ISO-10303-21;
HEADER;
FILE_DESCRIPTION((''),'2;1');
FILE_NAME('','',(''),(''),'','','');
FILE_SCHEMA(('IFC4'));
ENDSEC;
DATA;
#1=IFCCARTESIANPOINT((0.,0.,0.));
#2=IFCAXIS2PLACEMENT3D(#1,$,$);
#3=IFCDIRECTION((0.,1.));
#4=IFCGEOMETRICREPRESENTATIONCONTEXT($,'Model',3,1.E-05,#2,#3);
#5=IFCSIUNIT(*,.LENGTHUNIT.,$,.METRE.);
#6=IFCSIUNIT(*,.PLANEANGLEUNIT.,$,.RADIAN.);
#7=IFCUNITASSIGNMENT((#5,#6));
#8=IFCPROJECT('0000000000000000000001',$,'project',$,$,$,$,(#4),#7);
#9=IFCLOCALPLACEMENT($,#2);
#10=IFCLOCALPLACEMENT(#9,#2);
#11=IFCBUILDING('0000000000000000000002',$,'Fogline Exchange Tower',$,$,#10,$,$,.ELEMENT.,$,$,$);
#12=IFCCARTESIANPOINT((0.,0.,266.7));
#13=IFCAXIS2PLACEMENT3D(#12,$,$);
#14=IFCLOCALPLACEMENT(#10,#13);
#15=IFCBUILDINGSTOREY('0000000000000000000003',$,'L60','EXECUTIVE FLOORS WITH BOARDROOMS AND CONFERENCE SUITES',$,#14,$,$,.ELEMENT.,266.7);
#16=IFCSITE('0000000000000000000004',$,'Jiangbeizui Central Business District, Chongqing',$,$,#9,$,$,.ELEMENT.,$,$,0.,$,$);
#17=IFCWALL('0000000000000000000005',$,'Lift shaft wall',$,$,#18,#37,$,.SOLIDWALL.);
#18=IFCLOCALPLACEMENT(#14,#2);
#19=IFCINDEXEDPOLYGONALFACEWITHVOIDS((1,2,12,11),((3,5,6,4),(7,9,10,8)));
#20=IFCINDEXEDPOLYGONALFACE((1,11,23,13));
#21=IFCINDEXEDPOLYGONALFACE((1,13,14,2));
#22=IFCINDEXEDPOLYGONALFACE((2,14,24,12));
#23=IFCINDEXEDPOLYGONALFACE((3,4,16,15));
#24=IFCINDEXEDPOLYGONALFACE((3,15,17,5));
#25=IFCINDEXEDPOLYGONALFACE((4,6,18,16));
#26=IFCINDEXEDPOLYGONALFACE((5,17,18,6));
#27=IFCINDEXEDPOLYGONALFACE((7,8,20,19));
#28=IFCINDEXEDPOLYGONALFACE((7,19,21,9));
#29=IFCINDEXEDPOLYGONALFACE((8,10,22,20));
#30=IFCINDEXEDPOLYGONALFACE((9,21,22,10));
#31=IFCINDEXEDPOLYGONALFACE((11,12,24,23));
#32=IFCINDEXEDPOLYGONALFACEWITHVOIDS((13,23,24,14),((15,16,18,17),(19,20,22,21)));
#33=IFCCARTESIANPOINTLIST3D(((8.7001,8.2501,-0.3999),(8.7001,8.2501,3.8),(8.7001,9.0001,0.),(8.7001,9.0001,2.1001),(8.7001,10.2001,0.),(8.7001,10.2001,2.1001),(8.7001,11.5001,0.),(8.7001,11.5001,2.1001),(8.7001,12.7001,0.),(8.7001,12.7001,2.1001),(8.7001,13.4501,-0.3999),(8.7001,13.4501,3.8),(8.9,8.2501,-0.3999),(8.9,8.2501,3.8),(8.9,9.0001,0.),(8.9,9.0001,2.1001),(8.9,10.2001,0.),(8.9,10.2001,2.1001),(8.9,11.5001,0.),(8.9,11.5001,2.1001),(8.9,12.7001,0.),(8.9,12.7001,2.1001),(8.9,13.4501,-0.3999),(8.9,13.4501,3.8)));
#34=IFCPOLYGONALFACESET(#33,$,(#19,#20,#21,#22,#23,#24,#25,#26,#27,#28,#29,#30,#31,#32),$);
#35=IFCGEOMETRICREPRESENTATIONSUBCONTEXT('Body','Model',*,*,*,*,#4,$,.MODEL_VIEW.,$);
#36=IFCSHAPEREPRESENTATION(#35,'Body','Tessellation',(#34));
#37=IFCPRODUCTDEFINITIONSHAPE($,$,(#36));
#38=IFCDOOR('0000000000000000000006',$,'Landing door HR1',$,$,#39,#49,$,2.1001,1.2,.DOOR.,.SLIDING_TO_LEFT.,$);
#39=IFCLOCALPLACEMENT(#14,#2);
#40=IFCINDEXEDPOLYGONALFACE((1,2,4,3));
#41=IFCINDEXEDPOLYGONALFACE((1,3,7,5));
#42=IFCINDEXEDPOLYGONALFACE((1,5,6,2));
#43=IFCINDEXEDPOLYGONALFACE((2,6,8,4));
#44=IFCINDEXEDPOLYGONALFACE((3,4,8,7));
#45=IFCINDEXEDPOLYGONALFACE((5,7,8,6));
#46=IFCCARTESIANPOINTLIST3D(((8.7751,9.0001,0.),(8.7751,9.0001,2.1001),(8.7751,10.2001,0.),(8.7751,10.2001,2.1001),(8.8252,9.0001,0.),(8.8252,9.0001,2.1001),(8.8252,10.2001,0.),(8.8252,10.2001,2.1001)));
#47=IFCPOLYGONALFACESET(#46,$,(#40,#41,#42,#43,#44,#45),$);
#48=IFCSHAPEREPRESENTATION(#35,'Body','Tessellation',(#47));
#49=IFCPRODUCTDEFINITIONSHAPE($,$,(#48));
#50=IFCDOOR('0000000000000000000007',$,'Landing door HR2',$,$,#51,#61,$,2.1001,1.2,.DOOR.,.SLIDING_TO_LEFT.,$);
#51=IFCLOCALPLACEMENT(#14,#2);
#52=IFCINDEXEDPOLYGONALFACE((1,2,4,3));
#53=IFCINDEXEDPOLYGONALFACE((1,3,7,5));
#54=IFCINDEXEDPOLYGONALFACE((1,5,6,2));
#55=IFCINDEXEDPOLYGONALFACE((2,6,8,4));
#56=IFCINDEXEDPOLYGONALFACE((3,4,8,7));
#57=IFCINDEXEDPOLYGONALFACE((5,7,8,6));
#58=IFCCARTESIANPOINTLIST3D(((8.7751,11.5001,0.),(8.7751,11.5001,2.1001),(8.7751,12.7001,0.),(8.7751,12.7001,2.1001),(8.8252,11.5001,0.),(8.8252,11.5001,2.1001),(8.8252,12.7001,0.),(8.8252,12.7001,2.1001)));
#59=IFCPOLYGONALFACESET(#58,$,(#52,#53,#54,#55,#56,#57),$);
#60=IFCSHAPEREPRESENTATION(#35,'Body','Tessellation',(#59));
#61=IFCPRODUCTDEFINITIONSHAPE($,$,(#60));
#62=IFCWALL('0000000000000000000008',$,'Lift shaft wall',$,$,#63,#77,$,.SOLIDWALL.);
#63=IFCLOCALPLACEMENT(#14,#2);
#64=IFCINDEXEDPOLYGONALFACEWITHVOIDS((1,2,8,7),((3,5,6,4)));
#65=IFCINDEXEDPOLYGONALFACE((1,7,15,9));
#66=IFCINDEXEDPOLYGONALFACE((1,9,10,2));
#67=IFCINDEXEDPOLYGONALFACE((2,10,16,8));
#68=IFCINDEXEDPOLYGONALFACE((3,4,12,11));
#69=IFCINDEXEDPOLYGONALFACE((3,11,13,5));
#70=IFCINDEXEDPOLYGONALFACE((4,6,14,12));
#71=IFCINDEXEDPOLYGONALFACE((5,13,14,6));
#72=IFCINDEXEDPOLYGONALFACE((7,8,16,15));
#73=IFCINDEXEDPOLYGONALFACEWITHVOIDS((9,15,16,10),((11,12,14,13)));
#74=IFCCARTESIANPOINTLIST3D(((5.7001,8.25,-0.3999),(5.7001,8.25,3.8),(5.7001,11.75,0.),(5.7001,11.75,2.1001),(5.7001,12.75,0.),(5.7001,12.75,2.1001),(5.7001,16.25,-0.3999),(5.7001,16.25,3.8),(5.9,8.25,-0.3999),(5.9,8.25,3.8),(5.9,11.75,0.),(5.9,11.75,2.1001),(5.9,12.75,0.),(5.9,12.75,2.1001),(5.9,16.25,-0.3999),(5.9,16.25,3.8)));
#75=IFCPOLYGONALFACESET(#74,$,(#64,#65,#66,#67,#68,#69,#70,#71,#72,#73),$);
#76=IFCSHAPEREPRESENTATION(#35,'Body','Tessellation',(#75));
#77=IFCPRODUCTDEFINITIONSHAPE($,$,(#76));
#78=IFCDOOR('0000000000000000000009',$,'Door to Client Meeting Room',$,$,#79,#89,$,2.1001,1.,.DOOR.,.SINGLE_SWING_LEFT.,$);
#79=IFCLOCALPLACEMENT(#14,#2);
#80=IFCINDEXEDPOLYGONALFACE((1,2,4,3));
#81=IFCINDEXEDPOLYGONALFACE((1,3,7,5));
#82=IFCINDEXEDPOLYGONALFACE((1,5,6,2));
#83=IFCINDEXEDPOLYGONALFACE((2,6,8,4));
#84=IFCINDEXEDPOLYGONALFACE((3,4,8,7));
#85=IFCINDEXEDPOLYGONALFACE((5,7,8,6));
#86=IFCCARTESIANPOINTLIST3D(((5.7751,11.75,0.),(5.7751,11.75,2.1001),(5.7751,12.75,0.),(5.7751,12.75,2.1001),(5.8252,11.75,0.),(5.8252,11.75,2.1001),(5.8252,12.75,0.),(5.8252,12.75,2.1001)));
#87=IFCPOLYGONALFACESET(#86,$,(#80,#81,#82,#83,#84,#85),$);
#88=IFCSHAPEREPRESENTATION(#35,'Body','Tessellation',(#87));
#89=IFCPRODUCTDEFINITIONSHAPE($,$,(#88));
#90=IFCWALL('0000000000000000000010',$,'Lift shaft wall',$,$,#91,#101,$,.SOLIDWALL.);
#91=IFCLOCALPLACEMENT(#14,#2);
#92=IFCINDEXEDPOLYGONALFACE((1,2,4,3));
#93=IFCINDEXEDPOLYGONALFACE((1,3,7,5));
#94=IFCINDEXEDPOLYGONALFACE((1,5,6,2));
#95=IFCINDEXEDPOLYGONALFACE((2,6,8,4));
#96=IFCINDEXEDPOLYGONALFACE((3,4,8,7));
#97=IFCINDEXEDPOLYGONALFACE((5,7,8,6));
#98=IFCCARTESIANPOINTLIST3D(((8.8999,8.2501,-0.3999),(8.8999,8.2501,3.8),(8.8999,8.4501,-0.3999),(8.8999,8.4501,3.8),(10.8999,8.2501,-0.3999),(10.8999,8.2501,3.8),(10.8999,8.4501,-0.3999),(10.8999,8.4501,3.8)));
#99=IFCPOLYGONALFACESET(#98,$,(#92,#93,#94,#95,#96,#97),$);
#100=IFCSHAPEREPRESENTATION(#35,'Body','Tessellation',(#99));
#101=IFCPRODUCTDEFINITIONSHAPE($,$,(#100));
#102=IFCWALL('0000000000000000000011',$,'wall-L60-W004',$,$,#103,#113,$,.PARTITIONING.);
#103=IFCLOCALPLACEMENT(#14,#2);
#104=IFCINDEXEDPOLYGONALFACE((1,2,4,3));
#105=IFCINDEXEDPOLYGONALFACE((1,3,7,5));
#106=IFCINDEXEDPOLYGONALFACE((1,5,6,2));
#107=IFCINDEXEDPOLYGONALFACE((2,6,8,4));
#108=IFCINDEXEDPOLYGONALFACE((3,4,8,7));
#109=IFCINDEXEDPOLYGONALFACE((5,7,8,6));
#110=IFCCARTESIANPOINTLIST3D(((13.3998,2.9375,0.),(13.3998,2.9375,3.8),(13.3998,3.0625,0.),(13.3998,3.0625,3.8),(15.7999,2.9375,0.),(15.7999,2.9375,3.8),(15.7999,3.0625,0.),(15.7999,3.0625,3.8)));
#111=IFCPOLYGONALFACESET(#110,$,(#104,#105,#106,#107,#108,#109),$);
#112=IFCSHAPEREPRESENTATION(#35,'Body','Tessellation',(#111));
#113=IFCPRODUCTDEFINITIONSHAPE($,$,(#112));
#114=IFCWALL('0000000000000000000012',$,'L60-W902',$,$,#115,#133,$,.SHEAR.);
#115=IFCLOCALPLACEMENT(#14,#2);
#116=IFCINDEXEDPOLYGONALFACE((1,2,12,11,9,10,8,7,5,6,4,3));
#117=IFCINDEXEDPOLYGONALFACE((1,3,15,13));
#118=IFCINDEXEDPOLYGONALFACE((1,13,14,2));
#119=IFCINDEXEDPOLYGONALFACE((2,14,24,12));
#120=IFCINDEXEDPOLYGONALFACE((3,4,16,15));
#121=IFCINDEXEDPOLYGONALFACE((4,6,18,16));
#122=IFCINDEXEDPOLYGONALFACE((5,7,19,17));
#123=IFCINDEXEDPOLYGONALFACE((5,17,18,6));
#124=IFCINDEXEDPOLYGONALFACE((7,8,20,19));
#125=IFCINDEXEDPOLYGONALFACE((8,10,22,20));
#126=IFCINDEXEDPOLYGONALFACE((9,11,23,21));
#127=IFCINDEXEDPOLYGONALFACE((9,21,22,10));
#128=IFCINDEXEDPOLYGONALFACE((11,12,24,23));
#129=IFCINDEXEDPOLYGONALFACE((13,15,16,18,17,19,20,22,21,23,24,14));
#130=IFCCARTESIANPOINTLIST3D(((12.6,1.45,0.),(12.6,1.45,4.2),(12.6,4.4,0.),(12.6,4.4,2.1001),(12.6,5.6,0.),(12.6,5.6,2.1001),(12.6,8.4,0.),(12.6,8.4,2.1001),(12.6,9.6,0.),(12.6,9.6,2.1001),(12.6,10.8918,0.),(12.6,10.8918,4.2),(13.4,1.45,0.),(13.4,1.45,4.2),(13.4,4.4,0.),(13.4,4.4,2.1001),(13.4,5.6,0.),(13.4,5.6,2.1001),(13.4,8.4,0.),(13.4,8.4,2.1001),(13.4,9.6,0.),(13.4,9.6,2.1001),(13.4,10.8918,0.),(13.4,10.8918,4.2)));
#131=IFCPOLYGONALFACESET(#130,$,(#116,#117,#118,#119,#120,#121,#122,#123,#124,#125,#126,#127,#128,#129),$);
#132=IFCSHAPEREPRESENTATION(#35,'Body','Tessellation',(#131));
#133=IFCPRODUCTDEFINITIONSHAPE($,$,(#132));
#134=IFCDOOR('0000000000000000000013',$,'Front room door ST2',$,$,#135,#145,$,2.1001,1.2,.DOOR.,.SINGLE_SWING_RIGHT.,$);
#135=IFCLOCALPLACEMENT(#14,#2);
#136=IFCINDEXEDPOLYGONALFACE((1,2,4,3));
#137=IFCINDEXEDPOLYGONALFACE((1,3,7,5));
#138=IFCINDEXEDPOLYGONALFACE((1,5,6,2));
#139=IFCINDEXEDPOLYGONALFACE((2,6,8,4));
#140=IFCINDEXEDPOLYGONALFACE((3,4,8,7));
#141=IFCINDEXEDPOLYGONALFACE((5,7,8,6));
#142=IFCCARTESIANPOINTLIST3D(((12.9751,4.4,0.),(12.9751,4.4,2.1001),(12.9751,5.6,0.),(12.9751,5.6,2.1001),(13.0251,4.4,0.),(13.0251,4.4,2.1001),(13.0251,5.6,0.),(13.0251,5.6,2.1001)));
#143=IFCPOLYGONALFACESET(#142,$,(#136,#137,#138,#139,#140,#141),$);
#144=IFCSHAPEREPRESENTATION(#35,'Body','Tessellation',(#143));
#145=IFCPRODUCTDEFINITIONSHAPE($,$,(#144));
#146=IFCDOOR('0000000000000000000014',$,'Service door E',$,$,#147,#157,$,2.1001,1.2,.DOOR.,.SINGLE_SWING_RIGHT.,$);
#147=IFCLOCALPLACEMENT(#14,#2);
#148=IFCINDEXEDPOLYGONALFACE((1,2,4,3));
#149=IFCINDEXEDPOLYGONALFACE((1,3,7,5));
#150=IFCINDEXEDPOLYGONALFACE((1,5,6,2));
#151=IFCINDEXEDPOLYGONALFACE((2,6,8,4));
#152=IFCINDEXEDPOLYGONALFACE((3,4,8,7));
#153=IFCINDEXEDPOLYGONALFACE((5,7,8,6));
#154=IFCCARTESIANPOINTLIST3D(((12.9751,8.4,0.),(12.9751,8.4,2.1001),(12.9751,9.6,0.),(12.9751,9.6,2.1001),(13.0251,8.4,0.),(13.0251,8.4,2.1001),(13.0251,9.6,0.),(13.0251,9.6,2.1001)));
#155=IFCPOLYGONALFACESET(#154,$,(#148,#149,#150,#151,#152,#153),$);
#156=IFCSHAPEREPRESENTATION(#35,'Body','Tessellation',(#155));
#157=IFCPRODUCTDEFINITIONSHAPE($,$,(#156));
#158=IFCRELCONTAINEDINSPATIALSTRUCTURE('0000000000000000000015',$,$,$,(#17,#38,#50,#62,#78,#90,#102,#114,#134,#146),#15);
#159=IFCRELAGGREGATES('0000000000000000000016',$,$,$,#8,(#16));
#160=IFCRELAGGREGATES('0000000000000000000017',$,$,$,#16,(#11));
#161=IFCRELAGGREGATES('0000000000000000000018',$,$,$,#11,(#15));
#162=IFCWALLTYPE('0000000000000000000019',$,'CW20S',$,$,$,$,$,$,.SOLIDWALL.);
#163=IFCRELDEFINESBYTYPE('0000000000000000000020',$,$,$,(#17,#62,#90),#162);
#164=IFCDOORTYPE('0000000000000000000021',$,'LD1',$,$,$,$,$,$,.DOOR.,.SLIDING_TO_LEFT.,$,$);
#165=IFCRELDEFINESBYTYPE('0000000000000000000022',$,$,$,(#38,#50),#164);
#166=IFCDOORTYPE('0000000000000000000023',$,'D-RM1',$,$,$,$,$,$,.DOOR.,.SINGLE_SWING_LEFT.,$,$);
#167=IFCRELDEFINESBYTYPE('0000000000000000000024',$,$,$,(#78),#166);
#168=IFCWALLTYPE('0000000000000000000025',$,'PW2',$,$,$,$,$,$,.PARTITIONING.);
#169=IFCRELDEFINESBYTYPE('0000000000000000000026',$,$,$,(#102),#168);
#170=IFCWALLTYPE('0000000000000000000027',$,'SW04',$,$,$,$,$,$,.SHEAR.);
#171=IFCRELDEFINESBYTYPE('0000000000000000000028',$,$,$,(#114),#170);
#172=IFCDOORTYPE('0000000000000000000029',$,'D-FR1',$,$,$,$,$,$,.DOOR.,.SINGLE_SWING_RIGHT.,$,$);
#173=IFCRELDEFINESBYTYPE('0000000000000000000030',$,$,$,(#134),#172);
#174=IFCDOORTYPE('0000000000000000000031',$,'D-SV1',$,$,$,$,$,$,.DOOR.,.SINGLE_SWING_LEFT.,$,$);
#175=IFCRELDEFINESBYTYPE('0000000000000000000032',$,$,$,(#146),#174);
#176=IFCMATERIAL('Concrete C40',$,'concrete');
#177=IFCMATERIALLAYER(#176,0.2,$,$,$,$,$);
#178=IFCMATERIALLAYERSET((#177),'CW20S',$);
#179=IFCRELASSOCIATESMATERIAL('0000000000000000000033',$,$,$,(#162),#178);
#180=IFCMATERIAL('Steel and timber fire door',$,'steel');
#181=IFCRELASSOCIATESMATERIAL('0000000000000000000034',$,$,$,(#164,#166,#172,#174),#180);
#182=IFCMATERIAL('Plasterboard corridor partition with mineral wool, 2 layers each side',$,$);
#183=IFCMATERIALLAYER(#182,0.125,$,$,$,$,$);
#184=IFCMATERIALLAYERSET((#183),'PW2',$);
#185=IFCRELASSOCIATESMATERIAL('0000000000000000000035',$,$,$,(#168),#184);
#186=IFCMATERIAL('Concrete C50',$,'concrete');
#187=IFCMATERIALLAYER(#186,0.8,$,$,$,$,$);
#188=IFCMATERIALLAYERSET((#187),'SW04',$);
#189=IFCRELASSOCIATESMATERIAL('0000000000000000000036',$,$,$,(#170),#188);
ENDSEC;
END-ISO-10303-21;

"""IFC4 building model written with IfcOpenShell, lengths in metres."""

from ifc_helpers import new_model, si_unit, direction, frame, frame_2d, origin, place, context, subcontext, project, spatial, rectangle, extrude, material, layer, layer_set, type_object, element, fill, save


model = new_model("IFC4")

# Units and contexts
model_context = context("Model", 3, precision=1e-05, world=origin(), true_north=direction((0.0, 1.0)))
body_context = subcontext(model_context, "Body", "Model", "MODEL_VIEW")
ifc_project = project(units=[si_unit("LENGTHUNIT", "METRE"), si_unit("PLANEANGLEUNIT", "RADIAN")], contexts=[model_context])

# Site, building, storey
site_placement = place(None, origin())
site = spatial("IfcSite", under=ifc_project, at=site_placement, Name="Jiangbeizui Central Business District, Chongqing", CompositionType="ELEMENT", RefElevation=0.0)
building_placement = place(site_placement, origin())
building = spatial("IfcBuilding", under=site, at=building_placement, Name="Fogline Exchange Tower", CompositionType="ELEMENT")
storey_placement = place(building_placement, frame((0.0, 0.0, 266.7)))
storey = spatial("IfcBuildingStorey", under=building, at=storey_placement, Name="L60", Description="EXECUTIVE FLOORS WITH BOARDROOMS AND CONFERENCE SUITES", CompositionType="ELEMENT", Elevation=266.7)

# Shared definitions
ifc_material_1 = material(Name="Concrete C40", Category="concrete")

# Shared definitions
ifc_material_2 = material(Name="Steel and timber fire door", Category="steel")

# Wall, openings, doors
ifc_layer_1 = layer(ifc_material_1, 0.2)
ifc_layer_set_1 = layer_set([ifc_layer_1], Name="CW20S")
wall_type_1 = type_object("IfcWallType", Name="CW20S", PredefinedType="SOLIDWALL", material=ifc_layer_set_1)
wall_1_placement = place(storey_placement, frame((8.8, 8.25, -0.3999), z_axis=(0.0, 0.0, 1.0), x_axis=(0.0, 1.0, 0.0)))
wall_1 = element("IfcWall", 1, at=wall_1_placement, inside=storey, type_object=wall_type_1, Name="Lift shaft wall", PredefinedType="SOLIDWALL", context=body_context, shape_type="SweptSolid", body=[
    extrude(rectangle(XDim=5.2, YDim=0.2, at=frame_2d((2.6001, 0.0))), origin(), (0.0, 0.0, 1.0), 4.2),
])
opening_1_placement = place(wall_1_placement, frame((0.75, 0.0, 0.3999)))
opening_1 = element("IfcOpeningElement", 2, at=opening_1_placement, cuts=wall_1, PredefinedType="OPENING", context=body_context, shape_type="SweptSolid", body=[
    extrude(rectangle(XDim=1.2, YDim=2.1001, at=frame_2d((0.6001, 1.05))), frame((0.0, 0.1099, 0.0), z_axis=(0.0, -1.0, 0.0), x_axis=(1.0, 0.0, 0.0)), (0.0, 0.0, 1.0), 0.22),
])
opening_2_placement = place(wall_1_placement, frame((3.25, 0.0, 0.3999)))
opening_2 = element("IfcOpeningElement", 3, at=opening_2_placement, cuts=wall_1, PredefinedType="OPENING", context=body_context, shape_type="SweptSolid", body=[
    extrude(rectangle(XDim=1.2, YDim=2.1001, at=frame_2d((0.6001, 1.05))), frame((0.0, 0.1099, 0.0), z_axis=(0.0, -1.0, 0.0), x_axis=(1.0, 0.0, 0.0)), (0.0, 0.0, 1.0), 0.22),
])
door_type_1 = type_object("IfcDoorType", Name="LD1", OperationType="SLIDING_TO_LEFT", PredefinedType="DOOR", material=ifc_material_2)
door_1_placement = place(opening_1_placement, origin())
door_1 = element("IfcDoor", 4, at=door_1_placement, inside=storey, type_object=door_type_1, Name="Landing door HR1", OperationType="SLIDING_TO_LEFT", OverallHeight=2.1001, OverallWidth=1.2, PredefinedType="DOOR", context=body_context, shape_type="SweptSolid", body=[
    extrude(rectangle(XDim=1.2, YDim=2.1001, at=frame_2d((0.6001, 1.05))), frame((0.0, 0.0249, 0.0), z_axis=(0.0, -1.0, 0.0), x_axis=(1.0, 0.0, 0.0)), (0.0, 0.0, 1.0), 0.05),
])
fill(opening_1, door_1)
door_2_placement = place(opening_2_placement, origin())
door_2 = element("IfcDoor", 5, at=door_2_placement, inside=storey, type_object=door_type_1, Name="Landing door HR2", OperationType="SLIDING_TO_LEFT", OverallHeight=2.1001, OverallWidth=1.2, PredefinedType="DOOR", context=body_context, shape_type="SweptSolid", body=[
    extrude(rectangle(XDim=1.2, YDim=2.1001, at=frame_2d((0.6001, 1.05))), frame((0.0, 0.0249, 0.0), z_axis=(0.0, -1.0, 0.0), x_axis=(1.0, 0.0, 0.0)), (0.0, 0.0, 1.0), 0.05),
])
fill(opening_2, door_2)

# Wall, opening, door
wall_2_placement = place(storey_placement, frame((5.8, 8.25, -0.3999), z_axis=(0.0, 0.0, 1.0), x_axis=(0.0, 1.0, 0.0)))
wall_2 = element("IfcWall", 6, at=wall_2_placement, inside=storey, type_object=wall_type_1, Name="Lift shaft wall", PredefinedType="SOLIDWALL", context=body_context, shape_type="SweptSolid", body=[
    extrude(rectangle(XDim=8.0, YDim=0.2, at=frame_2d((4.0, 0.0))), origin(), (0.0, 0.0, 1.0), 4.2),
])
opening_3_placement = place(wall_2_placement, frame((3.5, 0.0, 0.3999)))
opening_3 = element("IfcOpeningElement", 7, at=opening_3_placement, cuts=wall_2, PredefinedType="OPENING", context=body_context, shape_type="SweptSolid", body=[
    extrude(rectangle(XDim=1.0, YDim=2.1001, at=frame_2d((0.5, 1.05))), frame((0.0, 0.1099, 0.0), z_axis=(0.0, -1.0, 0.0), x_axis=(1.0, 0.0, 0.0)), (0.0, 0.0, 1.0), 0.22),
])
door_type_2 = type_object("IfcDoorType", Name="D-RM1", OperationType="SINGLE_SWING_LEFT", PredefinedType="DOOR", material=ifc_material_2)
door_3_placement = place(opening_3_placement, origin())
door_3 = element("IfcDoor", 8, at=door_3_placement, inside=storey, type_object=door_type_2, Name="Door to Client Meeting Room", OperationType="SINGLE_SWING_LEFT", OverallHeight=2.1001, OverallWidth=1.0, PredefinedType="DOOR", context=body_context, shape_type="SweptSolid", body=[
    extrude(rectangle(XDim=1.0, YDim=2.1001, at=frame_2d((0.5, 1.05))), frame((0.0, 0.0249, 0.0), z_axis=(0.0, -1.0, 0.0), x_axis=(1.0, 0.0, 0.0)), (0.0, 0.0, 1.0), 0.05),
])
fill(opening_3, door_3)

# Walls
wall_3_placement = place(storey_placement, frame((8.8999, 8.3501, -0.3999), z_axis=(0.0, 0.0, 1.0), x_axis=(1.0, 0.0, 0.0)))
element("IfcWall", 9, at=wall_3_placement, inside=storey, type_object=wall_type_1, Name="Lift shaft wall", PredefinedType="SOLIDWALL", context=body_context, shape_type="SweptSolid", body=[
    extrude(rectangle(XDim=2.0, YDim=0.2, at=frame_2d((1.0, 0.0))), origin(), (0.0, 0.0, 1.0), 4.2),
])
ifc_material_3 = material(Name="Plasterboard corridor partition with mineral wool, 2 layers each side")
ifc_layer_2 = layer(ifc_material_3, 0.125)
ifc_layer_set_2 = layer_set([ifc_layer_2], Name="PW2")
wall_type_2 = type_object("IfcWallType", Name="PW2", PredefinedType="PARTITIONING", material=ifc_layer_set_2)
wall_4_placement = place(storey_placement, frame((15.8, 3.0, 0.0), z_axis=(0.0, 0.0, 1.0), x_axis=(-1.0, 0.0, 0.0)))
element("IfcWall", 10, at=wall_4_placement, inside=storey, type_object=wall_type_2, Name="wall-L60-W004", PredefinedType="PARTITIONING", context=body_context, shape_type="SweptSolid", body=[
    extrude(rectangle(XDim=2.4001, YDim=0.125, at=frame_2d((1.2002, 0.0))), origin(), (0.0, 0.0, 1.0), 3.8),
])

# Wall, openings, doors
ifc_material_4 = material(Name="Concrete C50", Category="concrete")
ifc_layer_3 = layer(ifc_material_4, 0.8)
ifc_layer_set_3 = layer_set([ifc_layer_3], Name="SW04")
wall_type_3 = type_object("IfcWallType", Name="SW04", PredefinedType="SHEAR", material=ifc_layer_set_3)
wall_5_placement = place(storey_placement, frame((13.0, 1.45, 0.0), z_axis=(0.0, 0.0, 1.0), x_axis=(0.0, 1.0, 0.0)))
wall_5 = element("IfcWall", 11, at=wall_5_placement, inside=storey, type_object=wall_type_3, Name="L60-W902", PredefinedType="SHEAR", context=body_context, shape_type="SweptSolid", body=[
    extrude(rectangle(XDim=9.4419, YDim=0.8, at=frame_2d((4.7209, 0.0))), origin(), (0.0, 0.0, 1.0), 4.2),
])
opening_4_placement = place(wall_5_placement, frame((2.95, 0.0, 0.0)))
opening_4 = element("IfcOpeningElement", 12, at=opening_4_placement, cuts=wall_5, PredefinedType="OPENING", context=body_context, shape_type="SweptSolid", body=[
    extrude(rectangle(XDim=1.2, YDim=2.1001, at=frame_2d((0.6001, 1.05))), frame((0.0, 0.4102, 0.0), z_axis=(0.0, -1.0, 0.0), x_axis=(1.0, 0.0, 0.0)), (0.0, 0.0, 1.0), 0.8201),
])
opening_5_placement = place(wall_5_placement, frame((6.95, 0.0, 0.0)))
opening_5 = element("IfcOpeningElement", 13, at=opening_5_placement, cuts=wall_5, PredefinedType="OPENING", context=body_context, shape_type="SweptSolid", body=[
    extrude(rectangle(XDim=1.2, YDim=2.1001, at=frame_2d((0.6001, 1.05))), frame((0.0, 0.4102, 0.0), z_axis=(0.0, -1.0, 0.0), x_axis=(1.0, 0.0, 0.0)), (0.0, 0.0, 1.0), 0.8201),
])
door_type_3 = type_object("IfcDoorType", Name="D-FR1", OperationType="SINGLE_SWING_RIGHT", PredefinedType="DOOR", material=ifc_material_2)
door_4_placement = place(opening_4_placement, origin())
door_4 = element("IfcDoor", 14, at=door_4_placement, inside=storey, type_object=door_type_3, Name="Front room door ST2", OperationType="SINGLE_SWING_RIGHT", OverallHeight=2.1001, OverallWidth=1.2, PredefinedType="DOOR", context=body_context, shape_type="SweptSolid", body=[
    extrude(rectangle(XDim=1.2, YDim=2.1001, at=frame_2d((0.6001, 1.05))), frame((0.0, 0.0249, 0.0), z_axis=(0.0, -1.0, 0.0), x_axis=(1.0, 0.0, 0.0)), (0.0, 0.0, 1.0), 0.05),
])
fill(opening_4, door_4)
door_type_4 = type_object("IfcDoorType", Name="D-SV1", OperationType="SINGLE_SWING_LEFT", PredefinedType="DOOR", material=ifc_material_2)
door_5_placement = place(opening_5_placement, origin())
door_5 = element("IfcDoor", 15, at=door_5_placement, inside=storey, type_object=door_type_4, Name="Service door E", OperationType="SINGLE_SWING_RIGHT", OverallHeight=2.1001, OverallWidth=1.2, PredefinedType="DOOR", context=body_context, shape_type="SweptSolid", body=[
    extrude(rectangle(XDim=1.2, YDim=2.1001, at=frame_2d((0.6001, 1.05))), frame((0.0, 0.0249, 0.0), z_axis=(0.0, -1.0, 0.0), x_axis=(1.0, 0.0, 0.0)), (0.0, 0.0, 1.0), 0.05),
])
fill(opening_5, door_5)

save(model, "model.ifc")
